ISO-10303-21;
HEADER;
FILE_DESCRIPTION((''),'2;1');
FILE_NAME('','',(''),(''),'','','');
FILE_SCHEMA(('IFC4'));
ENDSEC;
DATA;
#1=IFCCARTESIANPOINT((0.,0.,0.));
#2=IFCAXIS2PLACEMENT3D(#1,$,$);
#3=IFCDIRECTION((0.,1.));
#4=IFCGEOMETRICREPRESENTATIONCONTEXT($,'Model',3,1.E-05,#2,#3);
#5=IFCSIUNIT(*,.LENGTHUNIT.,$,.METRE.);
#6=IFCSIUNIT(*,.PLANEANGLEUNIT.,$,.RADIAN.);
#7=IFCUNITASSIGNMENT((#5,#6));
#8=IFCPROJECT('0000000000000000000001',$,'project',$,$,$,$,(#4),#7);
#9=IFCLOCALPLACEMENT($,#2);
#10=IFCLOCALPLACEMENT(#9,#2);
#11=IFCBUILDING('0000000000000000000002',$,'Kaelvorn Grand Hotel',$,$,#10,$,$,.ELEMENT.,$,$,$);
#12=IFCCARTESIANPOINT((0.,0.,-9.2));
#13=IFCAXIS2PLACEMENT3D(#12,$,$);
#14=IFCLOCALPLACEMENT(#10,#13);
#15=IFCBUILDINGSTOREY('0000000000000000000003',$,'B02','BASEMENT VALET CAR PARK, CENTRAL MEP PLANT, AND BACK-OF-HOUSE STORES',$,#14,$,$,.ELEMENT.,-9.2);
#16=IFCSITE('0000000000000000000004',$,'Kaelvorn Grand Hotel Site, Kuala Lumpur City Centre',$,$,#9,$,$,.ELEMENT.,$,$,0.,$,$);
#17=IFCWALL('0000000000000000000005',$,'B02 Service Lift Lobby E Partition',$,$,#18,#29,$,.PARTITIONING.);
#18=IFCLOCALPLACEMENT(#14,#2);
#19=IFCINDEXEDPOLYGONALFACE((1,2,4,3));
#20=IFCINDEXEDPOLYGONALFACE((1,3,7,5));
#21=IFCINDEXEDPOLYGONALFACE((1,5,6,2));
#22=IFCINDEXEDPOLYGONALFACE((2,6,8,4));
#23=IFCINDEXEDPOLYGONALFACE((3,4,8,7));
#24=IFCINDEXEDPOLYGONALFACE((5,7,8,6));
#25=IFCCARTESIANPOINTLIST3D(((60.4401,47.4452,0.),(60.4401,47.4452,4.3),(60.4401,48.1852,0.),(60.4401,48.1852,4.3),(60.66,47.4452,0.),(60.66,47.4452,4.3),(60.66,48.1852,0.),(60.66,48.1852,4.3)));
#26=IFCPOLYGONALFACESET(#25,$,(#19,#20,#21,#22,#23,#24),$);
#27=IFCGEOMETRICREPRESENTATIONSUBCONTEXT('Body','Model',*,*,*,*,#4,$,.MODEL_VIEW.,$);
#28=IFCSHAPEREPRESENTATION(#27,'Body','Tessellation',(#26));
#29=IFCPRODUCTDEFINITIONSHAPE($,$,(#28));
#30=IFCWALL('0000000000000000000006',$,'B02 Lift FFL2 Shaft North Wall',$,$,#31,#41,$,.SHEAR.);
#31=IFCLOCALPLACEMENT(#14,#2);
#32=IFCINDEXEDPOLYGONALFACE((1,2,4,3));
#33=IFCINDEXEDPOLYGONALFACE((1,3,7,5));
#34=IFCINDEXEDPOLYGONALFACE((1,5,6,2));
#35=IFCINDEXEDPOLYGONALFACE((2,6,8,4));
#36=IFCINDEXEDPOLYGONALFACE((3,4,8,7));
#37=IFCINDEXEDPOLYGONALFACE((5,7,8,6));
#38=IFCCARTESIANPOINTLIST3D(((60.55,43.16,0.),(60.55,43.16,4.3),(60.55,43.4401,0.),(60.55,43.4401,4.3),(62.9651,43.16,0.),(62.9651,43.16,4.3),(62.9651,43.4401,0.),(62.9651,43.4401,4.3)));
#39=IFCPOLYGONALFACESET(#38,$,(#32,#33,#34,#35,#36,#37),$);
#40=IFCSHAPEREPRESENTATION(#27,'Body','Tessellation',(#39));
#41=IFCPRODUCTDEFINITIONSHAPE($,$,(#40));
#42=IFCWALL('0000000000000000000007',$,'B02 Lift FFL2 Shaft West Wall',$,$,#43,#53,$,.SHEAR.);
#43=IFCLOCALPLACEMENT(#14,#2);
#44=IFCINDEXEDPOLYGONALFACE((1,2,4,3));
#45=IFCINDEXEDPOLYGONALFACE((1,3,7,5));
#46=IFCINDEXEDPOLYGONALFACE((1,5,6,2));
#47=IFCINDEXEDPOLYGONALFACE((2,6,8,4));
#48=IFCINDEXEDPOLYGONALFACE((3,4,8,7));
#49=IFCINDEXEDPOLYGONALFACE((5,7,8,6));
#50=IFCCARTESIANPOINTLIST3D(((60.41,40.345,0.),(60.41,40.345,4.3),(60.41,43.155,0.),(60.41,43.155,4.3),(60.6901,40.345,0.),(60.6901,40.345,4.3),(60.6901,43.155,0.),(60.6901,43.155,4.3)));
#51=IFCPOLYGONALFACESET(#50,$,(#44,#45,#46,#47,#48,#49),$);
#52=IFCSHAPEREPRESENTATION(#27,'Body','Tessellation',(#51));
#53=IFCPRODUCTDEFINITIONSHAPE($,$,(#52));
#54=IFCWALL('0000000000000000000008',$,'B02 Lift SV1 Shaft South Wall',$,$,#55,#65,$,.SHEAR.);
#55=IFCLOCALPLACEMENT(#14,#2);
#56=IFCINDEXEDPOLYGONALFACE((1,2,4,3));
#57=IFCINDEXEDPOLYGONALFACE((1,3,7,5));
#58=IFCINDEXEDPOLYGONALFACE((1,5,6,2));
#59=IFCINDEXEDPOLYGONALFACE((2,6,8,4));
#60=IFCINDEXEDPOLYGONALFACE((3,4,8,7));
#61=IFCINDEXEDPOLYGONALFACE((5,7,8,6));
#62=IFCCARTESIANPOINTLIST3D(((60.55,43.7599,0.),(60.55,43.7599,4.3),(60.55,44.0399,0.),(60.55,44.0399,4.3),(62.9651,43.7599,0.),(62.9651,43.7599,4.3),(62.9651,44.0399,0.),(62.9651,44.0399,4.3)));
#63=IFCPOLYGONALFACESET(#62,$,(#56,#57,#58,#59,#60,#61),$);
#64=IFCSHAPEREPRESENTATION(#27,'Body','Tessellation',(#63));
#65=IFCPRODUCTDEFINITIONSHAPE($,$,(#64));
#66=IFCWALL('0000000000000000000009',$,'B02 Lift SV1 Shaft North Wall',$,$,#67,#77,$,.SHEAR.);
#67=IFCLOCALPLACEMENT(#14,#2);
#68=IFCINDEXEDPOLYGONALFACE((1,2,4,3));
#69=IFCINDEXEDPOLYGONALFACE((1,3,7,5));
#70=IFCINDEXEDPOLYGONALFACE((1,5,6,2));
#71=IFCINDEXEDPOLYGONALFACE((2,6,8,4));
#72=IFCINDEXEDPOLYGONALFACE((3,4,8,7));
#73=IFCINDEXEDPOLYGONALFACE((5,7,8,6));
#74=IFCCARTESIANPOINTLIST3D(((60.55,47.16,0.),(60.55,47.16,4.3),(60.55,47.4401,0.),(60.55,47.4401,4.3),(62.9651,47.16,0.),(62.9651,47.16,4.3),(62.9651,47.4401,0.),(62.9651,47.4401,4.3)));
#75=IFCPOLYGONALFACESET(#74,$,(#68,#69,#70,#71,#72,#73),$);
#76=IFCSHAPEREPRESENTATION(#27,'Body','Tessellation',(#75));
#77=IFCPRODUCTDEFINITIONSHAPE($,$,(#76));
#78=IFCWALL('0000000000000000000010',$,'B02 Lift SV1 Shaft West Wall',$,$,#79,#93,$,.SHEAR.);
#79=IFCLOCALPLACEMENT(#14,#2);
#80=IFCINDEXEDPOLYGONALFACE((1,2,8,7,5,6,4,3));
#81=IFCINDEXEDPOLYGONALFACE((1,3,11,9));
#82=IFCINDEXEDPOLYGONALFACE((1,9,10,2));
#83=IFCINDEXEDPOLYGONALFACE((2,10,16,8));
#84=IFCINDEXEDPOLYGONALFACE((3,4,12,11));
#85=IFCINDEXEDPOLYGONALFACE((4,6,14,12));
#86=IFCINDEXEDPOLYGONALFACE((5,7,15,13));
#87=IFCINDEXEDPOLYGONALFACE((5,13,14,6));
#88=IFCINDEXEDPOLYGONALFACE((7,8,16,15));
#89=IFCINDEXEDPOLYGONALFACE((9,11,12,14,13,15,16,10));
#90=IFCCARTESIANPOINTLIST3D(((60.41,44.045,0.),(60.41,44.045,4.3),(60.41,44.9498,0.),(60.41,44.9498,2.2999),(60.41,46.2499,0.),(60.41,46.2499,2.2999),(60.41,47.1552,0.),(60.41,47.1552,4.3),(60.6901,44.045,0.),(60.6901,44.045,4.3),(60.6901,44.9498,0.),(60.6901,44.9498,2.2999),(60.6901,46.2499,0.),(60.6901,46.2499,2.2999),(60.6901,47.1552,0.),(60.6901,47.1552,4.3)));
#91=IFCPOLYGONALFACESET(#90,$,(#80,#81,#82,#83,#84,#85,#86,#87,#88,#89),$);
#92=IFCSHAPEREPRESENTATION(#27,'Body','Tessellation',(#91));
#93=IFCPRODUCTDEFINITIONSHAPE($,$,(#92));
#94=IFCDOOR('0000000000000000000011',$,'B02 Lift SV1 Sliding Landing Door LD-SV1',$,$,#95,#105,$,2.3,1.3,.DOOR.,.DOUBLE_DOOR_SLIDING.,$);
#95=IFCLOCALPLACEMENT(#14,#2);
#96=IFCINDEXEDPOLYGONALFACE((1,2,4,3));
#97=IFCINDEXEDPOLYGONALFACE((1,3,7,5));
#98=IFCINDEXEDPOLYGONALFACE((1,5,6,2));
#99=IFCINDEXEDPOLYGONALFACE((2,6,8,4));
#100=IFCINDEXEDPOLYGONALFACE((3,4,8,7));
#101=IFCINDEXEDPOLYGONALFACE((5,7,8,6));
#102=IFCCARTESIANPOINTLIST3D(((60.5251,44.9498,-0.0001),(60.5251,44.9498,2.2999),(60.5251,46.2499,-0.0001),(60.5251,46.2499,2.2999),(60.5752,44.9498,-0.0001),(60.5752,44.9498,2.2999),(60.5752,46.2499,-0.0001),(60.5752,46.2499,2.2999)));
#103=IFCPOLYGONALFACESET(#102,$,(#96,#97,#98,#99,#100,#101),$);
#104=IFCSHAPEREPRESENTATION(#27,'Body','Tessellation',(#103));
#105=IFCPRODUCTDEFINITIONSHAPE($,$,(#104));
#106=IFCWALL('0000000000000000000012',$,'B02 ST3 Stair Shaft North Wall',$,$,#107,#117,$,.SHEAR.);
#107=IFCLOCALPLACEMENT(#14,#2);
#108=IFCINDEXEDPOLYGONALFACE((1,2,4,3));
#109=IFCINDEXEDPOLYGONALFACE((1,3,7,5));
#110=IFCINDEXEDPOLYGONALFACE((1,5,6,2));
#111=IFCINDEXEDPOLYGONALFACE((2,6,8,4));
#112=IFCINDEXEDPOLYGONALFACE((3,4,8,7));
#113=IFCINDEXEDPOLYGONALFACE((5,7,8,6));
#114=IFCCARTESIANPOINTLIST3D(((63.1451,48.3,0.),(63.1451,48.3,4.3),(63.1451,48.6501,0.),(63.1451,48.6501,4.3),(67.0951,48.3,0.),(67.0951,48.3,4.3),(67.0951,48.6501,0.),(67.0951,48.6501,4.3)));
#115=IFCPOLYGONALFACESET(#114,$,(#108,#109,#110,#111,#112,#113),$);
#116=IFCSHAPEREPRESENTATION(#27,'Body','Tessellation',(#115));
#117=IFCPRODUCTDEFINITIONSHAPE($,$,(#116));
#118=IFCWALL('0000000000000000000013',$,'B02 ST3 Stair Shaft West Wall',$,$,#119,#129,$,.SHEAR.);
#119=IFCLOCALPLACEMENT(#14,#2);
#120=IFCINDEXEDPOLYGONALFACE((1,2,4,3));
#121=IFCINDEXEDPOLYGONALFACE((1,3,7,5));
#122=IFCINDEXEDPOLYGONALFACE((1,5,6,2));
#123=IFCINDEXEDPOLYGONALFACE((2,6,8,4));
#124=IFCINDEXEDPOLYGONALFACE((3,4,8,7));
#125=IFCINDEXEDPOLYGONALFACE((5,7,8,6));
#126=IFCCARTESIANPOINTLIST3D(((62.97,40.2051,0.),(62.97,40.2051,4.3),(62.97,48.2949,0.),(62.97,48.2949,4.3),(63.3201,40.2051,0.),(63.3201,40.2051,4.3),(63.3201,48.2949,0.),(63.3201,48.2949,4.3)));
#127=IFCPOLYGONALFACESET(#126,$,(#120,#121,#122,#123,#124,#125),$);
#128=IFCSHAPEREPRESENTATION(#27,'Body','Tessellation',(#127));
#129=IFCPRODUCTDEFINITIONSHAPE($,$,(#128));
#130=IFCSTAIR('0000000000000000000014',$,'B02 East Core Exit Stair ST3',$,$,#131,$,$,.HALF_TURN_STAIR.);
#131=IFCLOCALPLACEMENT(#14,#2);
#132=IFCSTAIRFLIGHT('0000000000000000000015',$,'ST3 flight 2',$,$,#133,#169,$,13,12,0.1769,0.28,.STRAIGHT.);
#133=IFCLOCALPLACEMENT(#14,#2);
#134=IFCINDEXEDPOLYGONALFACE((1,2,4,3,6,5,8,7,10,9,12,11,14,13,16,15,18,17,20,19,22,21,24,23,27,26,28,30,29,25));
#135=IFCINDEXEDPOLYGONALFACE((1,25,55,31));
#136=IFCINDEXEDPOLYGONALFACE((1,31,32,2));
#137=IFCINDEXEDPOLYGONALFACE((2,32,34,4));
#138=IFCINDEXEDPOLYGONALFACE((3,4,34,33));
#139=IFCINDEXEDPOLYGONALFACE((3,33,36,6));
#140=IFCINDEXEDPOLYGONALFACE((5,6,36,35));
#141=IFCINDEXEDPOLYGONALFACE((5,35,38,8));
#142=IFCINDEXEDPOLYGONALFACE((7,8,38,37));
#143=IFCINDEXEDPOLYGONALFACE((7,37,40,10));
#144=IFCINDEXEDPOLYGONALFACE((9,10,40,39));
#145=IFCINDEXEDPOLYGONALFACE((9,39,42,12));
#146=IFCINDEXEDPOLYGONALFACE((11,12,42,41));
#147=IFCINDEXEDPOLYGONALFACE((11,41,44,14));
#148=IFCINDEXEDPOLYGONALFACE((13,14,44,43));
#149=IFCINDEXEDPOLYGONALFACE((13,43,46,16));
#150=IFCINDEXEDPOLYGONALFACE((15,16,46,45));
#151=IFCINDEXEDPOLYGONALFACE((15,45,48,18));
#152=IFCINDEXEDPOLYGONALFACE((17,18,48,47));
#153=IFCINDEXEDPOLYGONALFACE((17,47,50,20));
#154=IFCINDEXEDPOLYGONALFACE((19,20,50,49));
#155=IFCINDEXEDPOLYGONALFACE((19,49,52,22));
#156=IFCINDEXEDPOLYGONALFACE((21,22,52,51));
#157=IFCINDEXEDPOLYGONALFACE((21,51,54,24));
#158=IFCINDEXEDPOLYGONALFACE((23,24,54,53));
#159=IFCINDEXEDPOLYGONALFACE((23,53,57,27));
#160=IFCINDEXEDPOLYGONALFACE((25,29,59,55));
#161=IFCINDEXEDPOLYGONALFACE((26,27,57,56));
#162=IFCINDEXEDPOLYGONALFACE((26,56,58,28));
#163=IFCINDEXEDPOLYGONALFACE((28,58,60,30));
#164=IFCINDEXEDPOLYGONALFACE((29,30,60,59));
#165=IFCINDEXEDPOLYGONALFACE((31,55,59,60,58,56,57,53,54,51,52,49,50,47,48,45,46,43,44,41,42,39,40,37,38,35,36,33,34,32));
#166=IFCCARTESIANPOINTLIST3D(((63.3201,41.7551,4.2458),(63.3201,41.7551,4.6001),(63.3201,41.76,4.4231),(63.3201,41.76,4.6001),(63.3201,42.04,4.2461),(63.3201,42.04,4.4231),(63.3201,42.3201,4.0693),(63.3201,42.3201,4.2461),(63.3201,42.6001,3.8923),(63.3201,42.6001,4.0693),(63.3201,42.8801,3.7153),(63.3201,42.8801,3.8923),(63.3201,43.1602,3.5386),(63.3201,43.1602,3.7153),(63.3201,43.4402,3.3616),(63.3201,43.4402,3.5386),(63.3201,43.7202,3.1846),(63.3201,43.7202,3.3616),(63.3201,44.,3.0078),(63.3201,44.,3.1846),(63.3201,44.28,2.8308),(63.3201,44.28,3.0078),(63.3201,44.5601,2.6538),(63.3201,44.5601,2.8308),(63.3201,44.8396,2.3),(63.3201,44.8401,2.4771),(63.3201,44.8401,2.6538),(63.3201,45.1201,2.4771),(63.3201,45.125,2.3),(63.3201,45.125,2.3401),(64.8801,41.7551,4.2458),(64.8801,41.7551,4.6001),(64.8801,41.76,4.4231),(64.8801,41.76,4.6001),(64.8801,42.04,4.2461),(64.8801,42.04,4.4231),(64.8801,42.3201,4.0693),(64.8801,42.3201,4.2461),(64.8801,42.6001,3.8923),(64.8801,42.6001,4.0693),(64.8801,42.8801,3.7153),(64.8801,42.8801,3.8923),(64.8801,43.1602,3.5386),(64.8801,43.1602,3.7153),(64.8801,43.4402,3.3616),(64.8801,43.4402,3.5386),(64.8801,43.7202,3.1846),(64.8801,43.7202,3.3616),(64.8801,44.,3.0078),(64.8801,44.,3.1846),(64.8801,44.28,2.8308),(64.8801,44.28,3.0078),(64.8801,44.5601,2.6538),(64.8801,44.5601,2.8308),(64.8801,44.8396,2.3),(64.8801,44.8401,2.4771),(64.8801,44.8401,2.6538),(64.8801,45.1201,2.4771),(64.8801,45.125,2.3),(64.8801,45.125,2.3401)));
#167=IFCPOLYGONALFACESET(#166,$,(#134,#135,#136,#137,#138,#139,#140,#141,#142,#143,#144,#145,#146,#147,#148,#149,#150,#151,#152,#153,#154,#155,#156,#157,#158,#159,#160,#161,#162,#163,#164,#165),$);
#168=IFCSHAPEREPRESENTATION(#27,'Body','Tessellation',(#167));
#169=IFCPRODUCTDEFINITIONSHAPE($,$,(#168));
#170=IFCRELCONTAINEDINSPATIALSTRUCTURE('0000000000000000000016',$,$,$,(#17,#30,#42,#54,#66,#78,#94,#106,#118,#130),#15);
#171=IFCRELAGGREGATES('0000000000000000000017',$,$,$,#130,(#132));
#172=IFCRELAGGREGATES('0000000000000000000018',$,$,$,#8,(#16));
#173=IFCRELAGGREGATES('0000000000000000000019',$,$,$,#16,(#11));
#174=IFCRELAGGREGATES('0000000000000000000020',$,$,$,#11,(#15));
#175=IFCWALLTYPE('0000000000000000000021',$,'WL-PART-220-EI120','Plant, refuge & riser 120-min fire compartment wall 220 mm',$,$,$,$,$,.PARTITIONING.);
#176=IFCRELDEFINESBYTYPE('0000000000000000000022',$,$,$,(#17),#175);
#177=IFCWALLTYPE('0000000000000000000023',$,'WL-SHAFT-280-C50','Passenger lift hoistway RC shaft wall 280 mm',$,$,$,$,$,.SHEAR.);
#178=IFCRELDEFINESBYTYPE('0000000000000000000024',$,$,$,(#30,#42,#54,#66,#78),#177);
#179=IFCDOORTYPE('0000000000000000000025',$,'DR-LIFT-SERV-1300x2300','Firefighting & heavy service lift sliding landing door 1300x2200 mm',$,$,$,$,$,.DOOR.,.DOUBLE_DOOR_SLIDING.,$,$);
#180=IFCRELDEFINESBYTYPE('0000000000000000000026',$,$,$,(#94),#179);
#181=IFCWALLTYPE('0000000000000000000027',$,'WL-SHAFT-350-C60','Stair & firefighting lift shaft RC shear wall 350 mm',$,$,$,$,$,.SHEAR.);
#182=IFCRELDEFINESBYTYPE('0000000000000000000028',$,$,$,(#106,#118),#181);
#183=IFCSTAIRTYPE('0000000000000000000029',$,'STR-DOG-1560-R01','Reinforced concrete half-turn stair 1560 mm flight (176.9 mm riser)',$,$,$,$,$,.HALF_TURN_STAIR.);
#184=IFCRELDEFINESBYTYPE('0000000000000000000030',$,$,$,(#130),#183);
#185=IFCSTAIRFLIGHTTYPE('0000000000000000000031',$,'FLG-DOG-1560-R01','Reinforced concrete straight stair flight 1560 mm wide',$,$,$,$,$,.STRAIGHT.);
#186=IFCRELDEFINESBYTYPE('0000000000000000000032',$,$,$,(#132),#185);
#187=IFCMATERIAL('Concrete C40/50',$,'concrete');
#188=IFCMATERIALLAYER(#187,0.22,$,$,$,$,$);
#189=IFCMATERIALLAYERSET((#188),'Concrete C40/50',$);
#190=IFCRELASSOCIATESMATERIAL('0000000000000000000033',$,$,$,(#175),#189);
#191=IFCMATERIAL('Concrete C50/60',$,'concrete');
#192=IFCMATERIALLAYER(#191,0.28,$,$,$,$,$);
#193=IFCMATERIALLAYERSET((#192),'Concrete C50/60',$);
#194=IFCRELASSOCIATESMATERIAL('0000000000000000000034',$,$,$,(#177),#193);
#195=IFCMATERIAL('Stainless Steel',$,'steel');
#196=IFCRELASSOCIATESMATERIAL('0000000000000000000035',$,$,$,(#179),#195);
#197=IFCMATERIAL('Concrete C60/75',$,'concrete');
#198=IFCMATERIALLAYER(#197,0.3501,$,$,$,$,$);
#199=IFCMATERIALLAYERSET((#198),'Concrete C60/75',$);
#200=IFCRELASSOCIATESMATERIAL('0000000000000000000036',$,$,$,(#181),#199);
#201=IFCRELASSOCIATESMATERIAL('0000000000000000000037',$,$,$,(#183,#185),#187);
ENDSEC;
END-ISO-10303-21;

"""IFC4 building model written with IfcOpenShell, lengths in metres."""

from ifc_helpers import new_model, si_unit, direction, frame, frame_2d, origin, place, context, subcontext, project, spatial, polyline, rectangle, outline, extrude, material, layer, layer_set, type_object, element, fill, aggregate, save


model = new_model("IFC4")

# Units and contexts
model_context = context("Model", 3, precision=1e-05, world=origin(), true_north=direction((0.0, 1.0)))
body_context = subcontext(model_context, "Body", "Model", "MODEL_VIEW")
ifc_project = project(units=[si_unit("LENGTHUNIT", "METRE"), si_unit("PLANEANGLEUNIT", "RADIAN")], contexts=[model_context])

# Site, building, storey
site_placement = place(None, origin())
site = spatial("IfcSite", under=ifc_project, at=site_placement, Name="Kaelvorn Grand Hotel Site, Kuala Lumpur City Centre", CompositionType="ELEMENT", RefElevation=0.0)
building_placement = place(site_placement, origin())
building = spatial("IfcBuilding", under=site, at=building_placement, Name="Kaelvorn Grand Hotel", CompositionType="ELEMENT")
storey_placement = place(building_placement, frame((0.0, 0.0, -9.2)))
storey = spatial("IfcBuildingStorey", under=building, at=storey_placement, Name="B02", Description="BASEMENT VALET CAR PARK, CENTRAL MEP PLANT, AND BACK-OF-HOUSE STORES", CompositionType="ELEMENT", Elevation=-9.2)

# Walls
ifc_material_1 = material(Name="Concrete C40/50", Category="concrete")
ifc_layer_1 = layer(ifc_material_1, 0.22)
ifc_layer_set_1 = layer_set([ifc_layer_1], Name="Concrete C40/50")
wall_type_1 = type_object("IfcWallType", Name="WL-PART-220-EI120", Description="Plant, refuge & riser 120-min fire compartment wall 220 mm", PredefinedType="PARTITIONING", material=ifc_layer_set_1)
wall_1_placement = place(storey_placement, frame((60.55, 47.4451, 0.0), z_axis=(0.0, 0.0, 1.0), x_axis=(0.0, 1.0, 0.0)))
element("IfcWall", 1, at=wall_1_placement, inside=storey, type_object=wall_type_1, Name="B02 Service Lift Lobby E Partition", PredefinedType="PARTITIONING", context=body_context, shape_type="SweptSolid", body=[
    extrude(rectangle(XDim=0.74, YDim=0.22, at=frame_2d((0.3701, 0.0))), origin(), (0.0, 0.0, 1.0), 4.3),
])
ifc_material_2 = material(Name="Concrete C50/60", Category="concrete")
ifc_layer_2 = layer(ifc_material_2, 0.28)
ifc_layer_set_2 = layer_set([ifc_layer_2], Name="Concrete C50/60")
wall_type_2 = type_object("IfcWallType", Name="WL-SHAFT-280-C50", Description="Passenger lift hoistway RC shaft wall 280 mm", PredefinedType="SHEAR", material=ifc_layer_set_2)
wall_2_placement = place(storey_placement, frame((60.55, 43.3, 0.0), z_axis=(0.0, 0.0, 1.0), x_axis=(1.0, 0.0, 0.0)))
element("IfcWall", 2, at=wall_2_placement, inside=storey, type_object=wall_type_2, Name="B02 Lift FFL2 Shaft North Wall", PredefinedType="SHEAR", context=body_context, shape_type="SweptSolid", body=[
    extrude(rectangle(XDim=2.415, YDim=0.28, at=frame_2d((1.2075, 0.0))), origin(), (0.0, 0.0, 1.0), 4.3),
])
wall_3_placement = place(storey_placement, frame((60.55, 40.345, 0.0), z_axis=(0.0, 0.0, 1.0), x_axis=(0.0, 1.0, 0.0)))
element("IfcWall", 3, at=wall_3_placement, inside=storey, type_object=wall_type_2, Name="B02 Lift FFL2 Shaft West Wall", PredefinedType="SHEAR", context=body_context, shape_type="SweptSolid", body=[
    extrude(rectangle(XDim=2.8101, YDim=0.28, at=frame_2d((1.405, 0.0))), origin(), (0.0, 0.0, 1.0), 4.3),
])
for number, where, z_axis, x_axis, name in (
    (4, (60.55, 43.8999, 0.0), (0.0, 0.0, 1.0), (1.0, 0.0, 0.0), "B02 Lift SV1 Shaft South Wall"),
    (5, (60.55, 47.3, 0.0), (0.0, 0.0, 1.0), (1.0, 0.0, 0.0), "B02 Lift SV1 Shaft North Wall"),
):
    element("IfcWall", number, at=place(storey_placement, frame(where, z_axis=z_axis, x_axis=x_axis)), inside=storey, type_object=wall_type_2, Name=name, PredefinedType="SHEAR", context=body_context, shape_type="SweptSolid", body=[
        extrude(rectangle(XDim=2.415, YDim=0.28, at=frame_2d((1.2075, 0.0))), origin(), (0.0, 0.0, 1.0), 4.3),
    ])

# Wall, opening, door
wall_4_placement = place(storey_placement, frame((60.55, 44.0449, 0.0), z_axis=(0.0, 0.0, 1.0), x_axis=(0.0, 1.0, 0.0)))
wall_4 = element("IfcWall", 6, at=wall_4_placement, inside=storey, type_object=wall_type_2, Name="B02 Lift SV1 Shaft West Wall", PredefinedType="SHEAR", context=body_context, shape_type="SweptSolid", body=[
    extrude(rectangle(XDim=3.1101, YDim=0.28, at=frame_2d((1.5552, 0.0))), origin(), (0.0, 0.0, 1.0), 4.3),
])
opening_1_placement = place(wall_4_placement, frame((0.905, 0.0, 0.0)))
opening_1 = element("IfcOpeningElement", 7, at=opening_1_placement, cuts=wall_4, PredefinedType="OPENING", context=body_context, shape_type="SweptSolid", body=[
    extrude(rectangle(XDim=1.3, YDim=2.3, at=frame_2d((0.6499, 1.1499))), frame((0.0, 0.1499, 0.0), z_axis=(0.0, -1.0, 0.0), x_axis=(1.0, 0.0, 0.0)), (0.0, 0.0, 1.0), 0.3),
])
ifc_material_3 = material(Name="Stainless Steel", Category="steel")
door_type_1 = type_object("IfcDoorType", Name="DR-LIFT-SERV-1300x2300", Description="Firefighting & heavy service lift sliding landing door 1300x2200 mm", OperationType="DOUBLE_DOOR_SLIDING", PredefinedType="DOOR", material=ifc_material_3)
door_1_placement = place(opening_1_placement, origin())
door_1 = element("IfcDoor", 8, at=door_1_placement, inside=storey, type_object=door_type_1, Name="B02 Lift SV1 Sliding Landing Door LD-SV1", OperationType="DOUBLE_DOOR_SLIDING", OverallHeight=2.3, OverallWidth=1.3, PredefinedType="DOOR", context=body_context, shape_type="SweptSolid", body=[
    extrude(rectangle(XDim=1.3, YDim=2.3, at=frame_2d((0.6499, 1.1499))), frame((0.0, 0.0249, 0.0), z_axis=(0.0, -1.0, 0.0), x_axis=(1.0, 0.0, 0.0)), (0.0, 0.0, 1.0), 0.05),
])
fill(opening_1, door_1)
ifc_material_4 = material(Name="Concrete C60/75", Category="concrete")
ifc_layer_3 = layer(ifc_material_4, 0.3501)
ifc_layer_set_3 = layer_set([ifc_layer_3], Name="Concrete C60/75")
wall_type_3 = type_object("IfcWallType", Name="WL-SHAFT-350-C60", Description="Stair & firefighting lift shaft RC shear wall 350 mm", PredefinedType="SHEAR", material=ifc_layer_set_3)

# Walls
wall_5_placement = place(storey_placement, frame((63.145, 48.4751, 0.0), z_axis=(0.0, 0.0, 1.0), x_axis=(1.0, 0.0, 0.0)))
element("IfcWall", 9, at=wall_5_placement, inside=storey, type_object=wall_type_3, Name="B02 ST3 Stair Shaft North Wall", PredefinedType="SHEAR", context=body_context, shape_type="SweptSolid", body=[
    extrude(rectangle(XDim=3.95, YDim=0.3501, at=frame_2d((1.9751, 0.0))), origin(), (0.0, 0.0, 1.0), 4.3),
])
wall_6_placement = place(storey_placement, frame((63.145, 40.2051, 0.0), z_axis=(0.0, 0.0, 1.0), x_axis=(0.0, 1.0, 0.0)))
element("IfcWall", 10, at=wall_6_placement, inside=storey, type_object=wall_type_3, Name="B02 ST3 Stair Shaft West Wall", PredefinedType="SHEAR", context=body_context, shape_type="SweptSolid", body=[
    extrude(rectangle(XDim=8.0898, YDim=0.3501, at=frame_2d((4.0449, 0.0))), origin(), (0.0, 0.0, 1.0), 4.3),
])

# Stair, stair flight
stair_type = type_object("IfcStairType", Name="STR-DOG-1560-R01", Description="Reinforced concrete half-turn stair 1560 mm flight (176.9 mm riser)", PredefinedType="HALF_TURN_STAIR", material=ifc_material_1)
stair_placement = place(storey_placement, origin())
stair = element("IfcStair", 11, at=stair_placement, inside=storey, type_object=stair_type, Name="B02 East Core Exit Stair ST3", PredefinedType="HALF_TURN_STAIR")
stair_flight_type = type_object("IfcStairFlightType", Name="FLG-DOG-1560-R01", Description="Reinforced concrete straight stair flight 1560 mm wide", PredefinedType="STRAIGHT", material=ifc_material_1)
stair_flight_placement = place(storey_placement, frame((64.1001, 45.1201, 2.3), z_axis=(0.0, 0.0, 1.0), x_axis=(0.0, -1.0, 0.0)))
stair_flight = element("IfcStairFlight", 12, at=stair_flight_placement, type_object=stair_flight_type, Name="ST3 flight 2", NumberOfRisers=13, NumberOfTreads=12, PredefinedType="STRAIGHT", RiserHeight=0.1769, TreadLength=0.28, context=body_context, shape_type="SweptSolid", body=[
    extrude(outline(polyline([(-0.0049, 0.0), (-0.0049, 0.04), (0.0, 0.177), (0.28, 0.177), (0.28, 0.3538), (0.5601, 0.3538), (0.5601, 0.5308), (0.8401, 0.5308), (0.8401, 0.7078), (1.1201, 0.7078), (1.1201, 0.8845), (1.3999, 0.8845), (1.3999, 1.0615), (1.6799, 1.0615), (1.6799, 1.2385), (1.96, 1.2385), (1.96, 1.4153), (2.24, 1.4153), (2.24, 1.5923), (2.52, 1.5923), (2.52, 1.7693), (2.8, 1.7693), (2.8, 1.946), (3.0801, 1.946), (3.0801, 2.123), (3.3601, 2.123), (3.3601, 2.3), (3.365, 2.3), (3.365, 1.9458), (0.2805, 0.0), (-0.0049, 0.0)])), frame((0.0, 0.78, 0.0), z_axis=(0.0, -1.0, 0.0), x_axis=(1.0, 0.0, 0.0)), (0.0, 0.0, 1.0), 1.5601),
])
aggregate(stair, [stair_flight])

save(model, "model.ifc")
